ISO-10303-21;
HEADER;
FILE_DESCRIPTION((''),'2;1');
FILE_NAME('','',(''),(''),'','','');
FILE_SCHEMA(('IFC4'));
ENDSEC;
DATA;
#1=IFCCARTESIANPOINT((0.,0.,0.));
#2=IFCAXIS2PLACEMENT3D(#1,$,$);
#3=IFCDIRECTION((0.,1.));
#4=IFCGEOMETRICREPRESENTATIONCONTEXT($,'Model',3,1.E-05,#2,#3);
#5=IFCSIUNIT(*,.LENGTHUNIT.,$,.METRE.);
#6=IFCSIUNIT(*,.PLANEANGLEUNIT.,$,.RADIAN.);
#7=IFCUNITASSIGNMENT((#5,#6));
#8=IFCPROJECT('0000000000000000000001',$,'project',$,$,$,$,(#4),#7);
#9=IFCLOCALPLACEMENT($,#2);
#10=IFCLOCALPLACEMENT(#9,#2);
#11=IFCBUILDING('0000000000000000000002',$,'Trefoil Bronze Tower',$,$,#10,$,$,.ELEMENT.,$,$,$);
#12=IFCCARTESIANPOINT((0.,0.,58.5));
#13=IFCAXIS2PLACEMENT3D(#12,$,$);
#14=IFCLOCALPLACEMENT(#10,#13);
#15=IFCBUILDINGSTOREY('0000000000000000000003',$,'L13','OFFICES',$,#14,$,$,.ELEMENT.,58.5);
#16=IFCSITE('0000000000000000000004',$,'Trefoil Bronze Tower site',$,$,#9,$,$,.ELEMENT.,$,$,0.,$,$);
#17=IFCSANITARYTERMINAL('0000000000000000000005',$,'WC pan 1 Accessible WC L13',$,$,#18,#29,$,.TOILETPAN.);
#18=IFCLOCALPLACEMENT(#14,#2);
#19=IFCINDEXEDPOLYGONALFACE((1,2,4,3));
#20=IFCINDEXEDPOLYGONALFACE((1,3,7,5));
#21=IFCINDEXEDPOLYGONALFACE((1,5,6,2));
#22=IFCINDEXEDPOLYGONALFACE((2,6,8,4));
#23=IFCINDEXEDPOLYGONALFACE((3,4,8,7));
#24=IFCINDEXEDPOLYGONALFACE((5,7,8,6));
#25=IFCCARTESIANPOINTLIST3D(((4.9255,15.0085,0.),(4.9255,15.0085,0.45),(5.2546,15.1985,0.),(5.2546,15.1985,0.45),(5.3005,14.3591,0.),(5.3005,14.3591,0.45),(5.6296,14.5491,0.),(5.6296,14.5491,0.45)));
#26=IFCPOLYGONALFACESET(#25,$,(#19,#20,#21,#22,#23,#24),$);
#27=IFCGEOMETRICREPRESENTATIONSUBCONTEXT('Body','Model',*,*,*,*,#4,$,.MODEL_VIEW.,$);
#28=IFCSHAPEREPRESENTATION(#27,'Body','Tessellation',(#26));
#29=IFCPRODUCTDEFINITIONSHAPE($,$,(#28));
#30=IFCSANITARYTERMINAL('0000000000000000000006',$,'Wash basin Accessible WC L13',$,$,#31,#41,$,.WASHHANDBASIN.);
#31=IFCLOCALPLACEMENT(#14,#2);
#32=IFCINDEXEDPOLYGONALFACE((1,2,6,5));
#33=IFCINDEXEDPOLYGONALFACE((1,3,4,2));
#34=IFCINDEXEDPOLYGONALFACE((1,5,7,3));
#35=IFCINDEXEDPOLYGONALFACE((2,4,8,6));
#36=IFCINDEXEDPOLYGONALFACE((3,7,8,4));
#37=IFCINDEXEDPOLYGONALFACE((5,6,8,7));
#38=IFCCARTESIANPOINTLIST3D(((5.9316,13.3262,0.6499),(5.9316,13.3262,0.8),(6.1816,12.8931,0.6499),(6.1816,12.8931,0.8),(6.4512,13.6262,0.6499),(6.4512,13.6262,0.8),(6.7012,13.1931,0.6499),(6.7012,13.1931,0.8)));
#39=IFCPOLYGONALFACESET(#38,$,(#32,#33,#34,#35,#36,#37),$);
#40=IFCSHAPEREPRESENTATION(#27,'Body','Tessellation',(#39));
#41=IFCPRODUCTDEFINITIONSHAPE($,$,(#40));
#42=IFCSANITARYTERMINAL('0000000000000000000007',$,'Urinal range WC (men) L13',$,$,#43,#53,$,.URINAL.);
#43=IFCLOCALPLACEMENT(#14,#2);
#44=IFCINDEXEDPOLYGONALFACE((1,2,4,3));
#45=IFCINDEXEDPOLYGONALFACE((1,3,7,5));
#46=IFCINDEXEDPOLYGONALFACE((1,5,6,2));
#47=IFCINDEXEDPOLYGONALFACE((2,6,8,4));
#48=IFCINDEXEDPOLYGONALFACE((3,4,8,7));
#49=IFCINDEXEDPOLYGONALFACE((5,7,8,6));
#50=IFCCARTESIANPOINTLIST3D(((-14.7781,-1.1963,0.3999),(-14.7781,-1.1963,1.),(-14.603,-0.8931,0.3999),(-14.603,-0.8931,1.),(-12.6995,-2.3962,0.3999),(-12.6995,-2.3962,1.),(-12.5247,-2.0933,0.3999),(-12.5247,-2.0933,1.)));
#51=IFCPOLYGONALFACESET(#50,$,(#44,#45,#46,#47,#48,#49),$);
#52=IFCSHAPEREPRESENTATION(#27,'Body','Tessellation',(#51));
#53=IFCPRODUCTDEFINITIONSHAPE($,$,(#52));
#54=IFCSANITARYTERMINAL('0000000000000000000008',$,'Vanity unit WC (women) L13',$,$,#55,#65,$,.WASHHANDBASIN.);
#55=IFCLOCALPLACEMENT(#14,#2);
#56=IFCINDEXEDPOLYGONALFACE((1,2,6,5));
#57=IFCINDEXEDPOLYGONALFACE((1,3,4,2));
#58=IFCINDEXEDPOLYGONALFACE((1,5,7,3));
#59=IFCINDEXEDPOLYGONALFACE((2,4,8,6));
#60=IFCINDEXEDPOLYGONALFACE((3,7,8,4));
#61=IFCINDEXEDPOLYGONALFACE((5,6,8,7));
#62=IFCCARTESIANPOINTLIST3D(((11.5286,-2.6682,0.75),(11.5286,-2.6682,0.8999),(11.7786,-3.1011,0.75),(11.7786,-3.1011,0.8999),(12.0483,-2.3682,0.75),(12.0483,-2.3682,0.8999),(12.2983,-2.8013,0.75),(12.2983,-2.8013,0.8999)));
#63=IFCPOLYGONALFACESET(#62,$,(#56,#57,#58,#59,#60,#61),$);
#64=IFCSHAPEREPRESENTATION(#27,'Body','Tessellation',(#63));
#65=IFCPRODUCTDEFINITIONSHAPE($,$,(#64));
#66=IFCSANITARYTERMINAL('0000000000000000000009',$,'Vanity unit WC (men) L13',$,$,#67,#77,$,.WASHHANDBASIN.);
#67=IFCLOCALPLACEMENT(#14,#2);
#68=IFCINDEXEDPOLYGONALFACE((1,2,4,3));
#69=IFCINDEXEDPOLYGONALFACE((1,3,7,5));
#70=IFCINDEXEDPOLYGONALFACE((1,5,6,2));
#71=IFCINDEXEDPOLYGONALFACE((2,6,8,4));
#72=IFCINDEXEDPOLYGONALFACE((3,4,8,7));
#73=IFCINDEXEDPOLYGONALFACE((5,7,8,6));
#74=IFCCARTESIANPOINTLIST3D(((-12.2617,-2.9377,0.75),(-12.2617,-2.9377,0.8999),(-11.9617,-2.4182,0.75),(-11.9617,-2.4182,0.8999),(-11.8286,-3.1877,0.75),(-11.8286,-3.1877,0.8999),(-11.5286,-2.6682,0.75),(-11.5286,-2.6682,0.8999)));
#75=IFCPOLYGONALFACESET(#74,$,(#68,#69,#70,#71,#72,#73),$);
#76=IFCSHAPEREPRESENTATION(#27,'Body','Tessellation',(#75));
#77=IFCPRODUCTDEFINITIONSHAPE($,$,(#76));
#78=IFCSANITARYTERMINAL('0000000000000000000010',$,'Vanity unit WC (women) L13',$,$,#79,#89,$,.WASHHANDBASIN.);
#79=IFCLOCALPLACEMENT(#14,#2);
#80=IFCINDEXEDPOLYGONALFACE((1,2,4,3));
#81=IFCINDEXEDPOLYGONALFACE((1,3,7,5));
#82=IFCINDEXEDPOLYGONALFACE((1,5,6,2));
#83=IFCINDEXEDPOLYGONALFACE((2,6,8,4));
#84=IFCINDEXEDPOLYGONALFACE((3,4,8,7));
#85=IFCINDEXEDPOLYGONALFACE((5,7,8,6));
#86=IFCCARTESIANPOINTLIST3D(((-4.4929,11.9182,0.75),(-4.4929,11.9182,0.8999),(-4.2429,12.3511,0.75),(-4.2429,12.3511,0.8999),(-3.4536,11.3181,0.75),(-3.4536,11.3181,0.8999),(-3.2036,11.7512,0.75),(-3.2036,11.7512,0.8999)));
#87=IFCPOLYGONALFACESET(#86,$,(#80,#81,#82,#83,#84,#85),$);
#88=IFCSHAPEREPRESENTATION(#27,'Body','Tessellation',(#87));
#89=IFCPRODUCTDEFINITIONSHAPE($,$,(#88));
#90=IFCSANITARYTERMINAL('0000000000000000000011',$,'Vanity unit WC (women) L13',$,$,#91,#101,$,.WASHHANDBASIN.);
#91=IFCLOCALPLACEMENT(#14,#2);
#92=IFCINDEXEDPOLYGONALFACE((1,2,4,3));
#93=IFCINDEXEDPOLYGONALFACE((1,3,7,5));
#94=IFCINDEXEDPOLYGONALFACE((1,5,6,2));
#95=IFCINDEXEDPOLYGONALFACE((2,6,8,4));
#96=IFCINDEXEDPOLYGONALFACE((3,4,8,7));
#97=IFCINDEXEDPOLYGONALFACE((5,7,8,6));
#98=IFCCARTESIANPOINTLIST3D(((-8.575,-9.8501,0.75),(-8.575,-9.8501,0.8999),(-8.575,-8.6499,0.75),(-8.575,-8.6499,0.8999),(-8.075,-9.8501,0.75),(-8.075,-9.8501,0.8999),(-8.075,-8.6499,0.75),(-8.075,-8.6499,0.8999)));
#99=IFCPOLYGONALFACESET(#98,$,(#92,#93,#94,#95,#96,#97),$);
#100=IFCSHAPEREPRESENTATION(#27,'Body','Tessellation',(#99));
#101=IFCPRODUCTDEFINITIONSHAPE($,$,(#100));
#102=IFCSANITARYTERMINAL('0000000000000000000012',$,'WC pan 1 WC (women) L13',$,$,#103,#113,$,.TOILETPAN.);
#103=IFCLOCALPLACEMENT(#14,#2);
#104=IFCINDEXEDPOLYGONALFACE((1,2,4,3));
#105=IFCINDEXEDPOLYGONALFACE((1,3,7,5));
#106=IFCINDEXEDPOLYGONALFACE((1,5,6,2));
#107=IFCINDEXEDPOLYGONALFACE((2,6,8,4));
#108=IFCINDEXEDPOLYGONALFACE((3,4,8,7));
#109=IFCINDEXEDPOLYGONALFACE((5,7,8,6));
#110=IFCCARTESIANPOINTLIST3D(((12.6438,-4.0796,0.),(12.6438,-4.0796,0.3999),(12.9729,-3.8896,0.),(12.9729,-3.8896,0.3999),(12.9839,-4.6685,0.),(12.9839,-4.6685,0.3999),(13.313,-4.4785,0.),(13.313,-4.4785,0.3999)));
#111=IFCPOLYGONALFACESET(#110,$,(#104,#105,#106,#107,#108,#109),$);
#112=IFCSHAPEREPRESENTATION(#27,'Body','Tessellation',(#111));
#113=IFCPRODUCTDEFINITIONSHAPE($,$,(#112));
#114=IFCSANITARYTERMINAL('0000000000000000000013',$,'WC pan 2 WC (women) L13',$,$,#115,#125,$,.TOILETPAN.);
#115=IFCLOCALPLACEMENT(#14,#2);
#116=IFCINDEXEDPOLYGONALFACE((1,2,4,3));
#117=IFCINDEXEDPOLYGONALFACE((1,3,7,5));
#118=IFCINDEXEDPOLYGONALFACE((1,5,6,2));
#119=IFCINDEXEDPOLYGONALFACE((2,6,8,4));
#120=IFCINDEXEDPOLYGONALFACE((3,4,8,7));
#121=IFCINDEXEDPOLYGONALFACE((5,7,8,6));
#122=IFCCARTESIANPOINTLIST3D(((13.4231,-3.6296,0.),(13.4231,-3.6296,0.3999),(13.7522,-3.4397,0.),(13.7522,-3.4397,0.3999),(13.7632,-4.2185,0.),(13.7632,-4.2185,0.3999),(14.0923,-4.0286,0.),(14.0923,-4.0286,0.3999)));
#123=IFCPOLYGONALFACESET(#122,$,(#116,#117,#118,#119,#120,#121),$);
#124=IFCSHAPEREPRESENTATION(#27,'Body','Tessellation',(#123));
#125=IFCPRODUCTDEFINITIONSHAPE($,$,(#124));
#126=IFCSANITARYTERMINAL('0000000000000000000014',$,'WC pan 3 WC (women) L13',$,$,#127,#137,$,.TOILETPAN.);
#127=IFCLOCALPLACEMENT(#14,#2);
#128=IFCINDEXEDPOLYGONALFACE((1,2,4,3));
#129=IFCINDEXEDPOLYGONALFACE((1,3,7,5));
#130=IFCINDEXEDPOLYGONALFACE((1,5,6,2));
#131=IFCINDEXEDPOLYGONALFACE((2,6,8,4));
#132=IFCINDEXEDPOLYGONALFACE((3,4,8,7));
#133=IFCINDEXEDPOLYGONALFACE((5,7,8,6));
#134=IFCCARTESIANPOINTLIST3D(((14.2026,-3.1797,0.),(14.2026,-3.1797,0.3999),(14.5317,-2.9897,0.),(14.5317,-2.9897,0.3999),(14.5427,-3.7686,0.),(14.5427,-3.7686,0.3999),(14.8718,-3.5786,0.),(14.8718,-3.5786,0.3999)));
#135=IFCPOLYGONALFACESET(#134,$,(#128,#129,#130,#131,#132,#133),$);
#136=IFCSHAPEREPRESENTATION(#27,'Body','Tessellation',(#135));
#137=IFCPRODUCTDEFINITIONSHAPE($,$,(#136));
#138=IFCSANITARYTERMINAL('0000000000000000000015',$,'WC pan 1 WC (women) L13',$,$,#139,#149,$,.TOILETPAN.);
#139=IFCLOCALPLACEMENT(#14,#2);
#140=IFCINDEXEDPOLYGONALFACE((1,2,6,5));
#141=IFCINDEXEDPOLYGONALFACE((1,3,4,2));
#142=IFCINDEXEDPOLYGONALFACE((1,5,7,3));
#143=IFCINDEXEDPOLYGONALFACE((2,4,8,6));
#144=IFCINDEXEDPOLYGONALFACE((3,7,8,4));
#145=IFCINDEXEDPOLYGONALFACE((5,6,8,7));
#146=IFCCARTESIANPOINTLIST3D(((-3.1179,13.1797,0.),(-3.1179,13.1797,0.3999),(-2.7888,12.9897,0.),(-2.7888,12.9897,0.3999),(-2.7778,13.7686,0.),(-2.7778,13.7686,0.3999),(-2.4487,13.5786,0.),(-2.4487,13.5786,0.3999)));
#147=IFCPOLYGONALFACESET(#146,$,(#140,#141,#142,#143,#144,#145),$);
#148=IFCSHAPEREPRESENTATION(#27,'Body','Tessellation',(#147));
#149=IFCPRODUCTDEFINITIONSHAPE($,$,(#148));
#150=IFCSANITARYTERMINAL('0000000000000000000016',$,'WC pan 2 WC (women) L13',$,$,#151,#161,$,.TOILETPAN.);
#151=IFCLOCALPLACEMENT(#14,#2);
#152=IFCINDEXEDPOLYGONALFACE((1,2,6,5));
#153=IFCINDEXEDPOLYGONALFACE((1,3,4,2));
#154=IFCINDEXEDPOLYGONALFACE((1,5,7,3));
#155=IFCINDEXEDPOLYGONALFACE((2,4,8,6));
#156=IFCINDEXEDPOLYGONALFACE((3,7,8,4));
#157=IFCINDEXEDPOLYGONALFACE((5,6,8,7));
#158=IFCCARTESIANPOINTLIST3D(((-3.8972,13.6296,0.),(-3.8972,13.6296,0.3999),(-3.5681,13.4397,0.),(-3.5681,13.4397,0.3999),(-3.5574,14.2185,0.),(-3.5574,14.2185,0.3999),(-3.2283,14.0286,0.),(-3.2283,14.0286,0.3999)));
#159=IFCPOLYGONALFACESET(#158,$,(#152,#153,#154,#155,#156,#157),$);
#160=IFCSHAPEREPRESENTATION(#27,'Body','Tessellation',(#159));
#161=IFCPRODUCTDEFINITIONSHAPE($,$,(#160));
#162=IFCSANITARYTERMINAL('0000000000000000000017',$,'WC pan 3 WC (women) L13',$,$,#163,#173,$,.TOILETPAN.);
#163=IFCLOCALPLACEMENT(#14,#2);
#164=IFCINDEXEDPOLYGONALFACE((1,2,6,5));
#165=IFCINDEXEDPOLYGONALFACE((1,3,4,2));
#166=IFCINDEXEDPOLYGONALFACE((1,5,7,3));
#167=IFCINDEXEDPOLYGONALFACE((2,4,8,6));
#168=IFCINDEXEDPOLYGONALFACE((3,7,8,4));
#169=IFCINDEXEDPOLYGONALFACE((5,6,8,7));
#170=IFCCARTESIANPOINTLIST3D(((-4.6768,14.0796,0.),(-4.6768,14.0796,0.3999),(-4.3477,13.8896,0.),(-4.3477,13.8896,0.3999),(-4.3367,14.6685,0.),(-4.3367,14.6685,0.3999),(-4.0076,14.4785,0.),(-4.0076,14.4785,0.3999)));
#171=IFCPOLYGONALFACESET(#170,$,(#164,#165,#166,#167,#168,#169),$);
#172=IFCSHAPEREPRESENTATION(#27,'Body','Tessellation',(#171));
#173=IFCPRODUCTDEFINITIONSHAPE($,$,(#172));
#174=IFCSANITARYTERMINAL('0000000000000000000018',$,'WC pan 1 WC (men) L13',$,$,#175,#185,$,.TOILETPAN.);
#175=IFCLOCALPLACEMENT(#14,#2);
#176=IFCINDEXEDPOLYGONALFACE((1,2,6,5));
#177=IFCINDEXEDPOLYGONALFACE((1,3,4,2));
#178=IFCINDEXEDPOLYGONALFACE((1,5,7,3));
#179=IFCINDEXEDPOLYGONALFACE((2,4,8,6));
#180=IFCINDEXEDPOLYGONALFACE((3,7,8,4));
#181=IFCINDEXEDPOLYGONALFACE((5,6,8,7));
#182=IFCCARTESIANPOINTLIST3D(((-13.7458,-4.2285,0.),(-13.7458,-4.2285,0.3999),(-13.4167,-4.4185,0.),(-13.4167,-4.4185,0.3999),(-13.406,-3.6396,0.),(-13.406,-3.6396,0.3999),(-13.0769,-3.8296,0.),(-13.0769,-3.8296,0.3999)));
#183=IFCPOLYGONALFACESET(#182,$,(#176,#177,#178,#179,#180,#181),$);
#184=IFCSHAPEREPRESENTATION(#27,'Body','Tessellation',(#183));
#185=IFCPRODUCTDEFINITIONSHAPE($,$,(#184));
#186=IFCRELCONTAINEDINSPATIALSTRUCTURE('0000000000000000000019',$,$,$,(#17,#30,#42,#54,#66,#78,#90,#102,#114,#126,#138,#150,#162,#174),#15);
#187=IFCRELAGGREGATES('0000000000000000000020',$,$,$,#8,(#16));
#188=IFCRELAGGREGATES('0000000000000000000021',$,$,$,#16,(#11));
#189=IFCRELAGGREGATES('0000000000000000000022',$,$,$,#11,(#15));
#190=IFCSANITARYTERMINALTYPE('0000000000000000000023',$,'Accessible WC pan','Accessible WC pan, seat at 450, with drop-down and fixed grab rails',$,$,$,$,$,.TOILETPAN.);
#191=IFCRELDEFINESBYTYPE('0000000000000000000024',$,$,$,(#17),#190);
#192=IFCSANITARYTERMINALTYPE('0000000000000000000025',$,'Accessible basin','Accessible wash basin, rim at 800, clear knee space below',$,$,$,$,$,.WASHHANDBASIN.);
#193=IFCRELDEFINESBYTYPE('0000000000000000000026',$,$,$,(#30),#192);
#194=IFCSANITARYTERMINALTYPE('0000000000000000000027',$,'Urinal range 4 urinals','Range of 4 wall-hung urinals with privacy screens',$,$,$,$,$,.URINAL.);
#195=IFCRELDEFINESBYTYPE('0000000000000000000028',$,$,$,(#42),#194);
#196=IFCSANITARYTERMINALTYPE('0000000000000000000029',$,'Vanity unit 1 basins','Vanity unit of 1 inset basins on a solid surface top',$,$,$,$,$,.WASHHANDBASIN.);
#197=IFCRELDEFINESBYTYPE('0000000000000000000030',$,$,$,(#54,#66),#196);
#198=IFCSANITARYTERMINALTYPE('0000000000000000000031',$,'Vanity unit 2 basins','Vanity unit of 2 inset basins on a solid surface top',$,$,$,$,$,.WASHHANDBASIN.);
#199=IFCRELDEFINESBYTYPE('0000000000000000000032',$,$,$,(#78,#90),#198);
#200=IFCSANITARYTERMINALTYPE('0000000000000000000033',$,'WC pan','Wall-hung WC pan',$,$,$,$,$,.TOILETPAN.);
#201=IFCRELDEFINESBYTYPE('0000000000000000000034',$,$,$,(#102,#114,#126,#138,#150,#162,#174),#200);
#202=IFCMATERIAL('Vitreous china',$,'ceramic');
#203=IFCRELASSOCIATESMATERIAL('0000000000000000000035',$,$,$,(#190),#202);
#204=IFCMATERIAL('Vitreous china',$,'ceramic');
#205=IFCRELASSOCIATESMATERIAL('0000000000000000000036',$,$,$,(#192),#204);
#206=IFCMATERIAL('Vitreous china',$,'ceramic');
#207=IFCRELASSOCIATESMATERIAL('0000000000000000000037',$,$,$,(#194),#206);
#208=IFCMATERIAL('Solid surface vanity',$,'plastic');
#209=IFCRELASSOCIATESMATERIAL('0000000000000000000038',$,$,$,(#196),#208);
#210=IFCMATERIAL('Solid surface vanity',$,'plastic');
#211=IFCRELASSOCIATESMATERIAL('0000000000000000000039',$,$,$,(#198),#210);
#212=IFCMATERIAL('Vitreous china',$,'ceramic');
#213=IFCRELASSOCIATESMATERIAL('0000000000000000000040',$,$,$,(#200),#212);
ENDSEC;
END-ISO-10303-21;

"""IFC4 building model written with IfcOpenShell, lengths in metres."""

from ifc_helpers import new_model, si_unit, direction, frame, origin, place, context, subcontext, project, spatial, polyline, outline, extrude, material, type_object, element, save


model = new_model("IFC4")

# Units and contexts
model_context = context("Model", 3, precision=1e-05, world=origin(), true_north=direction((0.0, 1.0)))
body_context = subcontext(model_context, "Body", "Model", "MODEL_VIEW")
ifc_project = project(units=[si_unit("LENGTHUNIT", "METRE"), si_unit("PLANEANGLEUNIT", "RADIAN")], contexts=[model_context])

# Site, building, storey
site_placement = place(None, origin())
site = spatial("IfcSite", under=ifc_project, at=site_placement, Name="Trefoil Bronze Tower site", CompositionType="ELEMENT", RefElevation=0.0)
building_placement = place(site_placement, origin())
building = spatial("IfcBuilding", under=site, at=building_placement, Name="Trefoil Bronze Tower", CompositionType="ELEMENT")
storey_placement = place(building_placement, frame((0.0, 0.0, 58.5)))
storey = spatial("IfcBuildingStorey", under=building, at=storey_placement, Name="L13", Description="OFFICES", CompositionType="ELEMENT", Elevation=58.5)

# Sanitary terminals
ifc_material_1 = material(Name="Vitreous china", Category="ceramic")
sanitary_terminal_type_1 = type_object("IfcSanitaryTerminalType", Name="Accessible WC pan", Description="Accessible WC pan, seat at 450, with drop-down and fixed grab rails", PredefinedType="TOILETPAN", material=ifc_material_1)
sanitary_terminal_1_placement = place(storey_placement, origin())
element("IfcSanitaryTerminal", 1, at=sanitary_terminal_1_placement, inside=storey, type_object=sanitary_terminal_type_1, Name="WC pan 1 Accessible WC L13", PredefinedType="TOILETPAN", context=body_context, shape_type="SweptSolid", body=[
    extrude(outline(polyline([(5.3005, 14.3591), (4.9255, 15.0085), (5.2546, 15.1985), (5.6296, 14.5491), (5.3005, 14.3591)])), origin(), (0.0, 0.0, 1.0), 0.45),
])
ifc_material_2 = material(Name="Vitreous china", Category="ceramic")
sanitary_terminal_type_2 = type_object("IfcSanitaryTerminalType", Name="Accessible basin", Description="Accessible wash basin, rim at 800, clear knee space below", PredefinedType="WASHHANDBASIN", material=ifc_material_2)
sanitary_terminal_2_placement = place(storey_placement, frame((0.0, 0.0, 0.6499)))
element("IfcSanitaryTerminal", 2, at=sanitary_terminal_2_placement, inside=storey, type_object=sanitary_terminal_type_2, Name="Wash basin Accessible WC L13", PredefinedType="WASHHANDBASIN", context=body_context, shape_type="SweptSolid", body=[
    extrude(outline(polyline([(6.1816, 12.8931), (5.9316, 13.3262), (6.4512, 13.6262), (6.7012, 13.1931), (6.1816, 12.8931)])), origin(), (0.0, 0.0, 1.0), 0.1501),
])
ifc_material_3 = material(Name="Vitreous china", Category="ceramic")
sanitary_terminal_type_3 = type_object("IfcSanitaryTerminalType", Name="Urinal range 4 urinals", Description="Range of 4 wall-hung urinals with privacy screens", PredefinedType="URINAL", material=ifc_material_3)
sanitary_terminal_3_placement = place(storey_placement, frame((0.0, 0.0, 0.3999)))
element("IfcSanitaryTerminal", 3, at=sanitary_terminal_3_placement, inside=storey, type_object=sanitary_terminal_type_3, Name="Urinal range WC (men) L13", PredefinedType="URINAL", context=body_context, shape_type="SweptSolid", body=[
    extrude(outline(polyline([(-12.5247, -2.0933), (-12.6995, -2.3962), (-14.7781, -1.1963), (-14.603, -0.8931), (-12.5247, -2.0933)])), origin(), (0.0, 0.0, 1.0), 0.6001),
])
ifc_material_4 = material(Name="Solid surface vanity", Category="plastic")
sanitary_terminal_type_4 = type_object("IfcSanitaryTerminalType", Name="Vanity unit 1 basins", Description="Vanity unit of 1 inset basins on a solid surface top", PredefinedType="WASHHANDBASIN", material=ifc_material_4)
sanitary_terminal_4_placement = place(storey_placement, frame((0.0, 0.0, 0.75)))
element("IfcSanitaryTerminal", 4, at=sanitary_terminal_4_placement, inside=storey, type_object=sanitary_terminal_type_4, Name="Vanity unit WC (women) L13", PredefinedType="WASHHANDBASIN", context=body_context, shape_type="SweptSolid", body=[
    extrude(outline(polyline([(11.5286, -2.6682), (11.7786, -3.1011), (12.2983, -2.8013), (12.0483, -2.3682), (11.5286, -2.6682)])), origin(), (0.0, 0.0, 1.0), 0.1499),
])
sanitary_terminal_5_placement = place(storey_placement, frame((0.0, 0.0, 0.75)))
element("IfcSanitaryTerminal", 5, at=sanitary_terminal_5_placement, inside=storey, type_object=sanitary_terminal_type_4, Name="Vanity unit WC (men) L13", PredefinedType="WASHHANDBASIN", context=body_context, shape_type="SweptSolid", body=[
    extrude(outline(polyline([(-11.5286, -2.6682), (-11.8286, -3.1877), (-12.2617, -2.9377), (-11.9617, -2.4182), (-11.5286, -2.6682)])), origin(), (0.0, 0.0, 1.0), 0.1499),
])
ifc_material_5 = material(Name="Solid surface vanity", Category="plastic")
sanitary_terminal_type_5 = type_object("IfcSanitaryTerminalType", Name="Vanity unit 2 basins", Description="Vanity unit of 2 inset basins on a solid surface top", PredefinedType="WASHHANDBASIN", material=ifc_material_5)
sanitary_terminal_6_placement = place(storey_placement, frame((0.0, 0.0, 0.75)))
element("IfcSanitaryTerminal", 6, at=sanitary_terminal_6_placement, inside=storey, type_object=sanitary_terminal_type_5, Name="Vanity unit WC (women) L13", PredefinedType="WASHHANDBASIN", context=body_context, shape_type="SweptSolid", body=[
    extrude(outline(polyline([(-3.4536, 11.3181), (-3.2036, 11.7512), (-4.2429, 12.3511), (-4.4929, 11.9182), (-3.4536, 11.3181)])), origin(), (0.0, 0.0, 1.0), 0.1499),
])
sanitary_terminal_7_placement = place(storey_placement, frame((0.0, 0.0, 0.75)))
element("IfcSanitaryTerminal", 7, at=sanitary_terminal_7_placement, inside=storey, type_object=sanitary_terminal_type_5, Name="Vanity unit WC (women) L13", PredefinedType="WASHHANDBASIN", context=body_context, shape_type="SweptSolid", body=[
    extrude(outline(polyline([(-8.075, -8.6499), (-8.575, -8.6499), (-8.575, -9.8501), (-8.075, -9.8501), (-8.075, -8.6499)])), origin(), (0.0, 0.0, 1.0), 0.1499),
])
ifc_material_6 = material(Name="Vitreous china", Category="ceramic")
sanitary_terminal_type_6 = type_object("IfcSanitaryTerminalType", Name="WC pan", Description="Wall-hung WC pan", PredefinedType="TOILETPAN", material=ifc_material_6)
sanitary_terminal_8_placement = place(storey_placement, origin())
element("IfcSanitaryTerminal", 8, at=sanitary_terminal_8_placement, inside=storey, type_object=sanitary_terminal_type_6, Name="WC pan 1 WC (women) L13", PredefinedType="TOILETPAN", context=body_context, shape_type="SweptSolid", body=[
    extrude(outline(polyline([(12.6438, -4.0796), (12.9839, -4.6685), (13.313, -4.4785), (12.9729, -3.8896), (12.6438, -4.0796)])), origin(), (0.0, 0.0, 1.0), 0.3999),
])
sanitary_terminal_9_placement = place(storey_placement, origin())
element("IfcSanitaryTerminal", 9, at=sanitary_terminal_9_placement, inside=storey, type_object=sanitary_terminal_type_6, Name="WC pan 2 WC (women) L13", PredefinedType="TOILETPAN", context=body_context, shape_type="SweptSolid", body=[
    extrude(outline(polyline([(13.4231, -3.6296), (13.7632, -4.2185), (14.0923, -4.0286), (13.7522, -3.4397), (13.4231, -3.6296)])), origin(), (0.0, 0.0, 1.0), 0.3999),
])
sanitary_terminal_10_placement = place(storey_placement, origin())
element("IfcSanitaryTerminal", 10, at=sanitary_terminal_10_placement, inside=storey, type_object=sanitary_terminal_type_6, Name="WC pan 3 WC (women) L13", PredefinedType="TOILETPAN", context=body_context, shape_type="SweptSolid", body=[
    extrude(outline(polyline([(14.2026, -3.1797), (14.5427, -3.7686), (14.8718, -3.5786), (14.5317, -2.9897), (14.2026, -3.1797)])), origin(), (0.0, 0.0, 1.0), 0.3999),
])
sanitary_terminal_11_placement = place(storey_placement, origin())
element("IfcSanitaryTerminal", 11, at=sanitary_terminal_11_placement, inside=storey, type_object=sanitary_terminal_type_6, Name="WC pan 1 WC (women) L13", PredefinedType="TOILETPAN", context=body_context, shape_type="SweptSolid", body=[
    extrude(outline(polyline([(-2.7888, 12.9897), (-2.4487, 13.5786), (-2.7778, 13.7686), (-3.1179, 13.1797), (-2.7888, 12.9897)])), origin(), (0.0, 0.0, 1.0), 0.3999),
])
sanitary_terminal_12_placement = place(storey_placement, origin())
element("IfcSanitaryTerminal", 12, at=sanitary_terminal_12_placement, inside=storey, type_object=sanitary_terminal_type_6, Name="WC pan 2 WC (women) L13", PredefinedType="TOILETPAN", context=body_context, shape_type="SweptSolid", body=[
    extrude(outline(polyline([(-3.5681, 13.4397), (-3.2283, 14.0286), (-3.5574, 14.2185), (-3.8972, 13.6296), (-3.5681, 13.4397)])), origin(), (0.0, 0.0, 1.0), 0.3999),
])
sanitary_terminal_13_placement = place(storey_placement, origin())
element("IfcSanitaryTerminal", 13, at=sanitary_terminal_13_placement, inside=storey, type_object=sanitary_terminal_type_6, Name="WC pan 3 WC (women) L13", PredefinedType="TOILETPAN", context=body_context, shape_type="SweptSolid", body=[
    extrude(outline(polyline([(-4.3477, 13.8896), (-4.0076, 14.4785), (-4.3367, 14.6685), (-4.6768, 14.0796), (-4.3477, 13.8896)])), origin(), (0.0, 0.0, 1.0), 0.3999),
])
sanitary_terminal_14_placement = place(storey_placement, origin())
element("IfcSanitaryTerminal", 14, at=sanitary_terminal_14_placement, inside=storey, type_object=sanitary_terminal_type_6, Name="WC pan 1 WC (men) L13", PredefinedType="TOILETPAN", context=body_context, shape_type="SweptSolid", body=[
    extrude(outline(polyline([(-13.0769, -3.8296), (-13.4167, -4.4185), (-13.7458, -4.2285), (-13.406, -3.6396), (-13.0769, -3.8296)])), origin(), (0.0, 0.0, 1.0), 0.3999),
])

save(model, "model.ifc")
